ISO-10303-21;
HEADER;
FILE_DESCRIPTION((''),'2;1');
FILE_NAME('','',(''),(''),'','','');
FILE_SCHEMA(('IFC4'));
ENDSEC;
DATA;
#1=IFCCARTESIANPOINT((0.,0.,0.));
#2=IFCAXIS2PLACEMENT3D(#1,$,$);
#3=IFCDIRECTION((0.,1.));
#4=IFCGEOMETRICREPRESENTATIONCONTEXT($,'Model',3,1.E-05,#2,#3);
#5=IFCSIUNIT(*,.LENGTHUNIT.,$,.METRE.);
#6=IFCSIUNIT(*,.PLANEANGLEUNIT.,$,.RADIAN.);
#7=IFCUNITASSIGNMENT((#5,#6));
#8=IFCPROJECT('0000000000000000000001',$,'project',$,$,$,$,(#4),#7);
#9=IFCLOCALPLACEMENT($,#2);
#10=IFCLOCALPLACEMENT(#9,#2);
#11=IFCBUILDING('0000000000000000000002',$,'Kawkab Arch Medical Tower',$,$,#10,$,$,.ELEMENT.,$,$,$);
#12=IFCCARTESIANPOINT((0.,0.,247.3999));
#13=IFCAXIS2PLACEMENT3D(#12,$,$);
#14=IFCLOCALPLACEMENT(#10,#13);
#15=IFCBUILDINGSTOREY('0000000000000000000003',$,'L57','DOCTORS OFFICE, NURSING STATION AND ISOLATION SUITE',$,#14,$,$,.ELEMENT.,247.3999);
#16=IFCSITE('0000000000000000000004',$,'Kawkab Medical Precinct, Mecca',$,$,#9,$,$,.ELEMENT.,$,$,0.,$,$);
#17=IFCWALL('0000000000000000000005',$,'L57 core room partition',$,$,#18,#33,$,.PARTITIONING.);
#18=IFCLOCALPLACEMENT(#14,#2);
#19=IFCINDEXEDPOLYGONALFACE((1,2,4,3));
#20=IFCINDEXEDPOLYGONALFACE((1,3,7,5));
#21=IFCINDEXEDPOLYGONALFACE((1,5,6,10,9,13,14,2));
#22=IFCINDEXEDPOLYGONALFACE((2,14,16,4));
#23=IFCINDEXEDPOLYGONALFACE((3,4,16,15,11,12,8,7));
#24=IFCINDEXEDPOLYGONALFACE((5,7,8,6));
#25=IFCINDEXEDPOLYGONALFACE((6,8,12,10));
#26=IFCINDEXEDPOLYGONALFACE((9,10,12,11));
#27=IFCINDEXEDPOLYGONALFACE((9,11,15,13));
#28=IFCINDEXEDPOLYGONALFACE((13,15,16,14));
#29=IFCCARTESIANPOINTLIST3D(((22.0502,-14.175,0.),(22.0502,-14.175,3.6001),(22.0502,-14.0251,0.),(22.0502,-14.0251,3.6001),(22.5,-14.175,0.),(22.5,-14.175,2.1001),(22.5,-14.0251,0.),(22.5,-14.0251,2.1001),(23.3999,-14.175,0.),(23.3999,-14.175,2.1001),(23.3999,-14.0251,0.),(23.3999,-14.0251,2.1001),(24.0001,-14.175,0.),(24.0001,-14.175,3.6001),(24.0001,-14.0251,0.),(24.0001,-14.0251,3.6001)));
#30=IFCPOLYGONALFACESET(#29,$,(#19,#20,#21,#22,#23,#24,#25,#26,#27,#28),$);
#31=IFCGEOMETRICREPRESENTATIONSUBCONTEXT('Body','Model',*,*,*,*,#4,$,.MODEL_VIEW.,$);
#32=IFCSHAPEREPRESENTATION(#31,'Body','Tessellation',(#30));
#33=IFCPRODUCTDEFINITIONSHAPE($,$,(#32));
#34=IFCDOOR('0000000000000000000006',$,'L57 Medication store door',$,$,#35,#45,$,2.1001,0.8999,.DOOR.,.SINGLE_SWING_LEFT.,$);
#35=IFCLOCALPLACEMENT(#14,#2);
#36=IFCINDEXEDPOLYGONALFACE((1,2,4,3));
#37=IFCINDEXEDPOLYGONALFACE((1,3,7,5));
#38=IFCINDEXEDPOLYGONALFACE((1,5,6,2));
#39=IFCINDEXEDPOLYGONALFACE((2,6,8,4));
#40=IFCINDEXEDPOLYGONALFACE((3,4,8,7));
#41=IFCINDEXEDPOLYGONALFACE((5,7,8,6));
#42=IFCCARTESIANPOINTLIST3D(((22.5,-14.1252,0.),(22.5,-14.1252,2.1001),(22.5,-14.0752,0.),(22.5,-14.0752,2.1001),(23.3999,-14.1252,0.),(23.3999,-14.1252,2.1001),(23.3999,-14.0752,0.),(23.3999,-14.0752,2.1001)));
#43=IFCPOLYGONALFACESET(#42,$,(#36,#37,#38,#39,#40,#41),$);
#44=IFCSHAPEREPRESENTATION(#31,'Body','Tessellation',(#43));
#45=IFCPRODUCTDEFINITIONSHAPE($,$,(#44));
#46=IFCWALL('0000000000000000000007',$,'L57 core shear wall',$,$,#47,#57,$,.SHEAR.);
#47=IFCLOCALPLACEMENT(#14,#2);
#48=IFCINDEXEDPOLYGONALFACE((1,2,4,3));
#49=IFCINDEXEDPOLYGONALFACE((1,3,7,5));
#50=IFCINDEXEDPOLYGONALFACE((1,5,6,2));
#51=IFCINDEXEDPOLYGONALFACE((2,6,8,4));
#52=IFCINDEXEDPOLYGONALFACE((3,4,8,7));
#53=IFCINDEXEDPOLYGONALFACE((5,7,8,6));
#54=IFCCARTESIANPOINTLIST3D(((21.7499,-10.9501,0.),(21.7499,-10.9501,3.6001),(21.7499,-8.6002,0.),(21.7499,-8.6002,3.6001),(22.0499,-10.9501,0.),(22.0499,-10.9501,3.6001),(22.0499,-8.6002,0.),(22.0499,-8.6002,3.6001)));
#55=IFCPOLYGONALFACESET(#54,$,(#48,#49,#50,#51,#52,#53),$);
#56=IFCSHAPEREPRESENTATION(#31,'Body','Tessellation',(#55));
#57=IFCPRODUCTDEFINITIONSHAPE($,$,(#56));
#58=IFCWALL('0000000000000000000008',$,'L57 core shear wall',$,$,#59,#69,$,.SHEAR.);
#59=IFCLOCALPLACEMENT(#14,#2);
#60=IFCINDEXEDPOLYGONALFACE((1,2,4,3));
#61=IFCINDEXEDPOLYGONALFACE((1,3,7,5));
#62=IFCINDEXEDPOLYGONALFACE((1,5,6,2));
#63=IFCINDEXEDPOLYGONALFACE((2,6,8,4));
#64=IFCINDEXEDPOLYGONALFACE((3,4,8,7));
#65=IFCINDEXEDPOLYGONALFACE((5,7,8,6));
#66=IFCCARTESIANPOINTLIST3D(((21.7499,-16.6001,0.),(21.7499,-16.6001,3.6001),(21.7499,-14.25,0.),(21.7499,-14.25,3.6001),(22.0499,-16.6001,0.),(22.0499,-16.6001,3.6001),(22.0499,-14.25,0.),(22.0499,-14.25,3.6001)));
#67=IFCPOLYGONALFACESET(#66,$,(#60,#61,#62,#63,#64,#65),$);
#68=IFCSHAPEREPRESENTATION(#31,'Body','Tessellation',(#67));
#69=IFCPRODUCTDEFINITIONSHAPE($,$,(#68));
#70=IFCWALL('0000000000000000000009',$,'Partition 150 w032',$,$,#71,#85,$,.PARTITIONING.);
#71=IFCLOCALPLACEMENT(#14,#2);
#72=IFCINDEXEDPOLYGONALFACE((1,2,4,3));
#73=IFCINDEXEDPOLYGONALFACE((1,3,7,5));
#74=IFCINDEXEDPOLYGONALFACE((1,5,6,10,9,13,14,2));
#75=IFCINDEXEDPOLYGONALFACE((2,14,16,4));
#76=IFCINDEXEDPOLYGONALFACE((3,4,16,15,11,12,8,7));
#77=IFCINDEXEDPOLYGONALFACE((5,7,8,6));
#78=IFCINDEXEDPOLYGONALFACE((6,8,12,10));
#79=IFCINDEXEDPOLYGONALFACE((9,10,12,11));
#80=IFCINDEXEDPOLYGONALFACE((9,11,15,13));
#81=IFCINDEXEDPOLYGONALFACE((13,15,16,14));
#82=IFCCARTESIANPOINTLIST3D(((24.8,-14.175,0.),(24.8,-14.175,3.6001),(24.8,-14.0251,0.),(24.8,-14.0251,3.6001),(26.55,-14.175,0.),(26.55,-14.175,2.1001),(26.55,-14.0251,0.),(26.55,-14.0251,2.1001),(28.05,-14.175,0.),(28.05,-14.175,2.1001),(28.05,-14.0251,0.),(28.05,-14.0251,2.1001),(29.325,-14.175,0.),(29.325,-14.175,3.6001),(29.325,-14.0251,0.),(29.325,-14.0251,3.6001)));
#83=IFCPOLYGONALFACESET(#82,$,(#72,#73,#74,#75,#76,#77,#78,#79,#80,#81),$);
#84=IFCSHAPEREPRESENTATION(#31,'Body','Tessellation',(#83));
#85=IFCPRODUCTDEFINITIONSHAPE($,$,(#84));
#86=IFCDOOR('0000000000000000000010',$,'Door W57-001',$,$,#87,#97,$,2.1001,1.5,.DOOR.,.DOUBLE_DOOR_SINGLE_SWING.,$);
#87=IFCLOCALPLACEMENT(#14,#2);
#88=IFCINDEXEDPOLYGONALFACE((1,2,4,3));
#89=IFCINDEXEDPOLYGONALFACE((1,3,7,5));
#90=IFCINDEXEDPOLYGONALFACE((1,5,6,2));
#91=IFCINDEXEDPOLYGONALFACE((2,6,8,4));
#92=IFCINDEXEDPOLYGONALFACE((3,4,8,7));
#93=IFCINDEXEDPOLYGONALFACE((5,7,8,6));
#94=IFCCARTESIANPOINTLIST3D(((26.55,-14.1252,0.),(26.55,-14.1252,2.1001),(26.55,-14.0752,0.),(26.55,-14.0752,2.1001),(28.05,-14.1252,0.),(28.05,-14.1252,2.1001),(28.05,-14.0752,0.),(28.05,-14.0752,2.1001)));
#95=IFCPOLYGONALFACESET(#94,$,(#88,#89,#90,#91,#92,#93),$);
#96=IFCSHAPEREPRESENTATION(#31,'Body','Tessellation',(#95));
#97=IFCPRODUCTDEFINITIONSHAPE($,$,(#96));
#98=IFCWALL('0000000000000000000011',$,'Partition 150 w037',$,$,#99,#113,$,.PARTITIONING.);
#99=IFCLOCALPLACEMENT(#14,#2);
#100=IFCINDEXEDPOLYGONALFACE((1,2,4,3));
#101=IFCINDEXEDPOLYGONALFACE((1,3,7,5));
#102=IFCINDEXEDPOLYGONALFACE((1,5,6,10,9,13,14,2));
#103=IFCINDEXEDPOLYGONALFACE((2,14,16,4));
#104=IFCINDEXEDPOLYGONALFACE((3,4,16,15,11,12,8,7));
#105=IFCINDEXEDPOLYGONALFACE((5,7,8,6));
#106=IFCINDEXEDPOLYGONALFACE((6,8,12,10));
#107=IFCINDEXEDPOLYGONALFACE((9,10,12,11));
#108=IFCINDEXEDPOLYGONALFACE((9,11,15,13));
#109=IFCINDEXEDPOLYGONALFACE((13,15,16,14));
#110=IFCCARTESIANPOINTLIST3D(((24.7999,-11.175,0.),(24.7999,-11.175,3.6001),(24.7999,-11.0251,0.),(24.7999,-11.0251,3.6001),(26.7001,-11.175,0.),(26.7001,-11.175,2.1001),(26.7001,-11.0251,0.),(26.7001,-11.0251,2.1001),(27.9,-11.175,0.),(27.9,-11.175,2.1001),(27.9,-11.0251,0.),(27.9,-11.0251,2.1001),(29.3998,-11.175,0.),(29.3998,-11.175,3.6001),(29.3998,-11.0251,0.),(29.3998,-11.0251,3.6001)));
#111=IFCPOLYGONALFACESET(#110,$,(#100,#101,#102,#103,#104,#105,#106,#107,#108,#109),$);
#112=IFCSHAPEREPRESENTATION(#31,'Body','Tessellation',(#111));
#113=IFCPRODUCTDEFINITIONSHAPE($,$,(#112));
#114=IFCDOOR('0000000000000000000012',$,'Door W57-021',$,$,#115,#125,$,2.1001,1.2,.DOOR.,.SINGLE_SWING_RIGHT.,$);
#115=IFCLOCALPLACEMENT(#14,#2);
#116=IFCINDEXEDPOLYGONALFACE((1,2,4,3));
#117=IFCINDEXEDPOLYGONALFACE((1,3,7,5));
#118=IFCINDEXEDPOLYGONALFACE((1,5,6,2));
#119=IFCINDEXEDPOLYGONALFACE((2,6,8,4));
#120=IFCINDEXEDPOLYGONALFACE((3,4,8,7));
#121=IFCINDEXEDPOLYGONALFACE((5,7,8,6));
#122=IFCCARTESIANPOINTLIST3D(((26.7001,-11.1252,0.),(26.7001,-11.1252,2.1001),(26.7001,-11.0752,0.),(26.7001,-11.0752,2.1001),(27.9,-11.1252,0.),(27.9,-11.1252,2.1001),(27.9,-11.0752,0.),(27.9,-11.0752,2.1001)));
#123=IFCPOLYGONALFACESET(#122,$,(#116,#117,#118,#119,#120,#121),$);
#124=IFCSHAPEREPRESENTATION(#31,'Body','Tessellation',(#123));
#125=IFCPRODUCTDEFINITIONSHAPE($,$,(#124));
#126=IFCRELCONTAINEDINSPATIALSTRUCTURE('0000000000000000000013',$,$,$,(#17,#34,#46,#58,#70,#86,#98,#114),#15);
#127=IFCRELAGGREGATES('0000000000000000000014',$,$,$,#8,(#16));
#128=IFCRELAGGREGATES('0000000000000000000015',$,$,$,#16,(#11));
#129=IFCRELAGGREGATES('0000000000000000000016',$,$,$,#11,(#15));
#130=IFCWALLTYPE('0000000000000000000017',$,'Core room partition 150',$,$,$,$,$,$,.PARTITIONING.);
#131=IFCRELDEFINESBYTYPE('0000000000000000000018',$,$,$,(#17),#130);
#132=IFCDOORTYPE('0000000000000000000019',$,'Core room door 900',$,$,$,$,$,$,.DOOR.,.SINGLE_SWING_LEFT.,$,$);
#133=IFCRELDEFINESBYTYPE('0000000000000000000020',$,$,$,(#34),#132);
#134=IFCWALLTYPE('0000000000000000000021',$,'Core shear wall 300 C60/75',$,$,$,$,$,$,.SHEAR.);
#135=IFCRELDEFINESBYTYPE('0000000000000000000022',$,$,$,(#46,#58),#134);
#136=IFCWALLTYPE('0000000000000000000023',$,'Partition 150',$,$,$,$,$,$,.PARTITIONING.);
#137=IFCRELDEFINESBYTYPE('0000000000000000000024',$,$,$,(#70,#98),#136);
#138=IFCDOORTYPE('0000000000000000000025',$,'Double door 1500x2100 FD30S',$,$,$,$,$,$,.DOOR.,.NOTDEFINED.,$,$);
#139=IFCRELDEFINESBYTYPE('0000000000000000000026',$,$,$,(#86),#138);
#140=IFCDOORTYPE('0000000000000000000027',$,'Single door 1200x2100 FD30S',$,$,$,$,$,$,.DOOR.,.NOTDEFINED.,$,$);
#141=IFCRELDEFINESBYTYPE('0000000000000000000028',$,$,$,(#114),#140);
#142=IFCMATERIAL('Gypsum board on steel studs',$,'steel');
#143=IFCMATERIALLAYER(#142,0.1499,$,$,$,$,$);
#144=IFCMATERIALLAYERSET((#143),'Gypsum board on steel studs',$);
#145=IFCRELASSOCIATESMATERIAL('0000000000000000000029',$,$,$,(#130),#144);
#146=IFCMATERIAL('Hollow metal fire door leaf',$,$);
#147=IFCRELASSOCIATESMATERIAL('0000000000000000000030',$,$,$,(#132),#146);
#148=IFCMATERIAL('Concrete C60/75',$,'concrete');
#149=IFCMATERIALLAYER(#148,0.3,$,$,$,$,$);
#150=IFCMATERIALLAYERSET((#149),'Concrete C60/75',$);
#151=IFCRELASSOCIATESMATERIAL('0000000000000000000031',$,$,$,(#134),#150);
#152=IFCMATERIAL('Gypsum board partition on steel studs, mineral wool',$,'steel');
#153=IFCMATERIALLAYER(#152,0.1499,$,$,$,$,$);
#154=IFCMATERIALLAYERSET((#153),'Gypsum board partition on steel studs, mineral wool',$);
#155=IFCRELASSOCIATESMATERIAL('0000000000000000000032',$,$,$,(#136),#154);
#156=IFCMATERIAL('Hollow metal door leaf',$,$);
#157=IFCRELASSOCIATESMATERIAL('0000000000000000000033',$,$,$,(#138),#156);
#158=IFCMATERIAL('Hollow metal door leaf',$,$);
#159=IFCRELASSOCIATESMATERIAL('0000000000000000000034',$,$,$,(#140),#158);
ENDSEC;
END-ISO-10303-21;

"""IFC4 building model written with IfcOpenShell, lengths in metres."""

from ifc_helpers import new_model, si_unit, direction, frame, frame_2d, origin, place, context, subcontext, project, spatial, rectangle, extrude, material, layer, layer_set, type_object, element, fill, save


model = new_model("IFC4")

# Units and contexts
model_context = context("Model", 3, precision=1e-05, world=origin(), true_north=direction((0.0, 1.0)))
body_context = subcontext(model_context, "Body", "Model", "MODEL_VIEW")
ifc_project = project(units=[si_unit("LENGTHUNIT", "METRE"), si_unit("PLANEANGLEUNIT", "RADIAN")], contexts=[model_context])

# Site, building, storey
site_placement = place(None, origin())
site = spatial("IfcSite", under=ifc_project, at=site_placement, Name="Kawkab Medical Precinct, Mecca", CompositionType="ELEMENT", RefElevation=0.0)
building_placement = place(site_placement, origin())
building = spatial("IfcBuilding", under=site, at=building_placement, Name="Kawkab Arch Medical Tower", CompositionType="ELEMENT")
storey_placement = place(building_placement, frame((0.0, 0.0, 247.3999)))
storey = spatial("IfcBuildingStorey", under=building, at=storey_placement, Name="L57", Description="DOCTORS OFFICE, NURSING STATION AND ISOLATION SUITE", CompositionType="ELEMENT", Elevation=247.3999)

# Wall, opening, door
ifc_material_1 = material(Name="Gypsum board on steel studs", Category="steel")
ifc_layer_1 = layer(ifc_material_1, 0.1499)
ifc_layer_set_1 = layer_set([ifc_layer_1], Name="Gypsum board on steel studs")
wall_type_1 = type_object("IfcWallType", Name="Core room partition 150", PredefinedType="PARTITIONING", material=ifc_layer_set_1)
wall_1_placement = place(storey_placement, frame((22.05, -14.1001, 0.0), z_axis=(0.0, 0.0, 1.0), x_axis=(1.0, 0.0, 0.0)))
wall_1 = element("IfcWall", 1, at=wall_1_placement, inside=storey, type_object=wall_type_1, Name="L57 core room partition", PredefinedType="PARTITIONING", context=body_context, shape_type="SweptSolid", body=[
    extrude(rectangle(XDim=1.95, YDim=0.1499, at=frame_2d((0.9751, 0.0))), origin(), (0.0, 0.0, 1.0), 3.6001),
])
opening_1_placement = place(wall_1_placement, frame((0.45, 0.0, 0.0)))
opening_1 = element("IfcOpeningElement", 2, at=opening_1_placement, cuts=wall_1, PredefinedType="OPENING", context=body_context, shape_type="SweptSolid", body=[
    extrude(rectangle(XDim=0.8999, YDim=2.1001, at=frame_2d((0.45, 1.05))), frame((0.0, 0.085, 0.0), z_axis=(0.0, -1.0, 0.0), x_axis=(1.0, 0.0, 0.0)), (0.0, 0.0, 1.0), 0.1699),
])
ifc_material_2 = material(Name="Hollow metal fire door leaf")
door_type_1 = type_object("IfcDoorType", Name="Core room door 900", OperationType="SINGLE_SWING_LEFT", PredefinedType="DOOR", material=ifc_material_2)
door_1_placement = place(opening_1_placement, origin())
door_1 = element("IfcDoor", 3, at=door_1_placement, inside=storey, type_object=door_type_1, Name="L57 Medication store door", OperationType="SINGLE_SWING_LEFT", OverallHeight=2.1001, OverallWidth=0.8999, PredefinedType="DOOR", context=body_context, shape_type="SweptSolid", body=[
    extrude(rectangle(XDim=0.8999, YDim=2.1001, at=frame_2d((0.45, 1.05))), frame((0.0, 0.0249, 0.0), z_axis=(0.0, -1.0, 0.0), x_axis=(1.0, 0.0, 0.0)), (0.0, 0.0, 1.0), 0.05),
])
fill(opening_1, door_1)

# Walls
ifc_material_3 = material(Name="Concrete C60/75", Category="concrete")
ifc_layer_2 = layer(ifc_material_3, 0.3)
ifc_layer_set_2 = layer_set([ifc_layer_2], Name="Concrete C60/75")
wall_type_2 = type_object("IfcWallType", Name="Core shear wall 300 C60/75", PredefinedType="SHEAR", material=ifc_layer_set_2)
wall_2_placement = place(storey_placement, frame((21.8999, -10.95, 0.0), z_axis=(0.0, 0.0, 1.0), x_axis=(0.0, 1.0, 0.0)))
element("IfcWall", 4, at=wall_2_placement, inside=storey, type_object=wall_type_2, Name="L57 core shear wall", PredefinedType="SHEAR", context=body_context, shape_type="SweptSolid", body=[
    extrude(rectangle(XDim=2.3499, YDim=0.3, at=frame_2d((1.1748, 0.0))), origin(), (0.0, 0.0, 1.0), 3.6001),
])
wall_3_placement = place(storey_placement, frame((21.8999, -16.6001, 0.0), z_axis=(0.0, 0.0, 1.0), x_axis=(0.0, 1.0, 0.0)))
element("IfcWall", 5, at=wall_3_placement, inside=storey, type_object=wall_type_2, Name="L57 core shear wall", PredefinedType="SHEAR", context=body_context, shape_type="SweptSolid", body=[
    extrude(rectangle(XDim=2.3501, YDim=0.3, at=frame_2d((1.175, 0.0))), origin(), (0.0, 0.0, 1.0), 3.6001),
])

# Wall, opening, door
ifc_material_4 = material(Name="Gypsum board partition on steel studs, mineral wool", Category="steel")
ifc_layer_3 = layer(ifc_material_4, 0.1499)
ifc_layer_set_3 = layer_set([ifc_layer_3], Name="Gypsum board partition on steel studs, mineral wool")
wall_type_3 = type_object("IfcWallType", Name="Partition 150", PredefinedType="PARTITIONING", material=ifc_layer_set_3)
wall_4_placement = place(storey_placement, frame((24.8, -14.1001, 0.0), z_axis=(0.0, 0.0, 1.0), x_axis=(1.0, 0.0, 0.0)))
wall_4 = element("IfcWall", 6, at=wall_4_placement, inside=storey, type_object=wall_type_3, Name="Partition 150 w032", PredefinedType="PARTITIONING", context=body_context, shape_type="SweptSolid", body=[
    extrude(rectangle(XDim=4.5249, YDim=0.1499, at=frame_2d((2.2625, 0.0))), origin(), (0.0, 0.0, 1.0), 3.6001),
])
opening_2_placement = place(wall_4_placement, frame((1.75, 0.0, 0.0)))
opening_2 = element("IfcOpeningElement", 7, at=opening_2_placement, cuts=wall_4, PredefinedType="OPENING", context=body_context, shape_type="SweptSolid", body=[
    extrude(rectangle(XDim=1.5, YDim=2.1001, at=frame_2d((0.75, 1.05))), frame((0.0, 0.085, 0.0), z_axis=(0.0, -1.0, 0.0), x_axis=(1.0, 0.0, 0.0)), (0.0, 0.0, 1.0), 0.1699),
])
ifc_material_5 = material(Name="Hollow metal door leaf")
door_type_2 = type_object("IfcDoorType", Name="Double door 1500x2100 FD30S", OperationType="NOTDEFINED", PredefinedType="DOOR", material=ifc_material_5)
door_2_placement = place(opening_2_placement, origin())
door_2 = element("IfcDoor", 8, at=door_2_placement, inside=storey, type_object=door_type_2, Name="Door W57-001", OperationType="DOUBLE_DOOR_SINGLE_SWING", OverallHeight=2.1001, OverallWidth=1.5, PredefinedType="DOOR", context=body_context, shape_type="SweptSolid", body=[
    extrude(rectangle(XDim=1.5, YDim=2.1001, at=frame_2d((0.75, 1.05))), frame((0.0, 0.0249, 0.0), z_axis=(0.0, -1.0, 0.0), x_axis=(1.0, 0.0, 0.0)), (0.0, 0.0, 1.0), 0.05),
])
fill(opening_2, door_2)

# Shared definitions
ifc_material_6 = material(Name="Hollow metal door leaf")
door_type_3 = type_object("IfcDoorType", Name="Single door 1200x2100 FD30S", OperationType="NOTDEFINED", PredefinedType="DOOR", material=ifc_material_6)

# Wall, opening, door
wall_5_placement = place(storey_placement, frame((24.8, -11.1001, 0.0), z_axis=(0.0, 0.0, 1.0), x_axis=(1.0, 0.0, 0.0)))
wall_5 = element("IfcWall", 9, at=wall_5_placement, inside=storey, type_object=wall_type_3, Name="Partition 150 w037", PredefinedType="PARTITIONING", context=body_context, shape_type="SweptSolid", body=[
    extrude(rectangle(XDim=4.5999, YDim=0.1499, at=frame_2d((2.2998, 0.0))), origin(), (0.0, 0.0, 1.0), 3.6001),
])
opening_3_placement = place(wall_5_placement, frame((1.8999, 0.0, 0.0)))
opening_3 = element("IfcOpeningElement", 10, at=opening_3_placement, cuts=wall_5, PredefinedType="OPENING", context=body_context, shape_type="SweptSolid", body=[
    extrude(rectangle(XDim=1.2, YDim=2.1001, at=frame_2d((0.6001, 1.05))), frame((0.0, 0.085, 0.0), z_axis=(0.0, -1.0, 0.0), x_axis=(1.0, 0.0, 0.0)), (0.0, 0.0, 1.0), 0.1699),
])
door_3_placement = place(opening_3_placement, origin())
door_3 = element("IfcDoor", 11, at=door_3_placement, inside=storey, type_object=door_type_3, Name="Door W57-021", OperationType="SINGLE_SWING_RIGHT", OverallHeight=2.1001, OverallWidth=1.2, PredefinedType="DOOR", context=body_context, shape_type="SweptSolid", body=[
    extrude(rectangle(XDim=1.2, YDim=2.1001, at=frame_2d((0.6001, 1.05))), frame((0.0, 0.0249, 0.0), z_axis=(0.0, -1.0, 0.0), x_axis=(1.0, 0.0, 0.0)), (0.0, 0.0, 1.0), 0.05),
])
fill(opening_3, door_3)

save(model, "model.ifc")
